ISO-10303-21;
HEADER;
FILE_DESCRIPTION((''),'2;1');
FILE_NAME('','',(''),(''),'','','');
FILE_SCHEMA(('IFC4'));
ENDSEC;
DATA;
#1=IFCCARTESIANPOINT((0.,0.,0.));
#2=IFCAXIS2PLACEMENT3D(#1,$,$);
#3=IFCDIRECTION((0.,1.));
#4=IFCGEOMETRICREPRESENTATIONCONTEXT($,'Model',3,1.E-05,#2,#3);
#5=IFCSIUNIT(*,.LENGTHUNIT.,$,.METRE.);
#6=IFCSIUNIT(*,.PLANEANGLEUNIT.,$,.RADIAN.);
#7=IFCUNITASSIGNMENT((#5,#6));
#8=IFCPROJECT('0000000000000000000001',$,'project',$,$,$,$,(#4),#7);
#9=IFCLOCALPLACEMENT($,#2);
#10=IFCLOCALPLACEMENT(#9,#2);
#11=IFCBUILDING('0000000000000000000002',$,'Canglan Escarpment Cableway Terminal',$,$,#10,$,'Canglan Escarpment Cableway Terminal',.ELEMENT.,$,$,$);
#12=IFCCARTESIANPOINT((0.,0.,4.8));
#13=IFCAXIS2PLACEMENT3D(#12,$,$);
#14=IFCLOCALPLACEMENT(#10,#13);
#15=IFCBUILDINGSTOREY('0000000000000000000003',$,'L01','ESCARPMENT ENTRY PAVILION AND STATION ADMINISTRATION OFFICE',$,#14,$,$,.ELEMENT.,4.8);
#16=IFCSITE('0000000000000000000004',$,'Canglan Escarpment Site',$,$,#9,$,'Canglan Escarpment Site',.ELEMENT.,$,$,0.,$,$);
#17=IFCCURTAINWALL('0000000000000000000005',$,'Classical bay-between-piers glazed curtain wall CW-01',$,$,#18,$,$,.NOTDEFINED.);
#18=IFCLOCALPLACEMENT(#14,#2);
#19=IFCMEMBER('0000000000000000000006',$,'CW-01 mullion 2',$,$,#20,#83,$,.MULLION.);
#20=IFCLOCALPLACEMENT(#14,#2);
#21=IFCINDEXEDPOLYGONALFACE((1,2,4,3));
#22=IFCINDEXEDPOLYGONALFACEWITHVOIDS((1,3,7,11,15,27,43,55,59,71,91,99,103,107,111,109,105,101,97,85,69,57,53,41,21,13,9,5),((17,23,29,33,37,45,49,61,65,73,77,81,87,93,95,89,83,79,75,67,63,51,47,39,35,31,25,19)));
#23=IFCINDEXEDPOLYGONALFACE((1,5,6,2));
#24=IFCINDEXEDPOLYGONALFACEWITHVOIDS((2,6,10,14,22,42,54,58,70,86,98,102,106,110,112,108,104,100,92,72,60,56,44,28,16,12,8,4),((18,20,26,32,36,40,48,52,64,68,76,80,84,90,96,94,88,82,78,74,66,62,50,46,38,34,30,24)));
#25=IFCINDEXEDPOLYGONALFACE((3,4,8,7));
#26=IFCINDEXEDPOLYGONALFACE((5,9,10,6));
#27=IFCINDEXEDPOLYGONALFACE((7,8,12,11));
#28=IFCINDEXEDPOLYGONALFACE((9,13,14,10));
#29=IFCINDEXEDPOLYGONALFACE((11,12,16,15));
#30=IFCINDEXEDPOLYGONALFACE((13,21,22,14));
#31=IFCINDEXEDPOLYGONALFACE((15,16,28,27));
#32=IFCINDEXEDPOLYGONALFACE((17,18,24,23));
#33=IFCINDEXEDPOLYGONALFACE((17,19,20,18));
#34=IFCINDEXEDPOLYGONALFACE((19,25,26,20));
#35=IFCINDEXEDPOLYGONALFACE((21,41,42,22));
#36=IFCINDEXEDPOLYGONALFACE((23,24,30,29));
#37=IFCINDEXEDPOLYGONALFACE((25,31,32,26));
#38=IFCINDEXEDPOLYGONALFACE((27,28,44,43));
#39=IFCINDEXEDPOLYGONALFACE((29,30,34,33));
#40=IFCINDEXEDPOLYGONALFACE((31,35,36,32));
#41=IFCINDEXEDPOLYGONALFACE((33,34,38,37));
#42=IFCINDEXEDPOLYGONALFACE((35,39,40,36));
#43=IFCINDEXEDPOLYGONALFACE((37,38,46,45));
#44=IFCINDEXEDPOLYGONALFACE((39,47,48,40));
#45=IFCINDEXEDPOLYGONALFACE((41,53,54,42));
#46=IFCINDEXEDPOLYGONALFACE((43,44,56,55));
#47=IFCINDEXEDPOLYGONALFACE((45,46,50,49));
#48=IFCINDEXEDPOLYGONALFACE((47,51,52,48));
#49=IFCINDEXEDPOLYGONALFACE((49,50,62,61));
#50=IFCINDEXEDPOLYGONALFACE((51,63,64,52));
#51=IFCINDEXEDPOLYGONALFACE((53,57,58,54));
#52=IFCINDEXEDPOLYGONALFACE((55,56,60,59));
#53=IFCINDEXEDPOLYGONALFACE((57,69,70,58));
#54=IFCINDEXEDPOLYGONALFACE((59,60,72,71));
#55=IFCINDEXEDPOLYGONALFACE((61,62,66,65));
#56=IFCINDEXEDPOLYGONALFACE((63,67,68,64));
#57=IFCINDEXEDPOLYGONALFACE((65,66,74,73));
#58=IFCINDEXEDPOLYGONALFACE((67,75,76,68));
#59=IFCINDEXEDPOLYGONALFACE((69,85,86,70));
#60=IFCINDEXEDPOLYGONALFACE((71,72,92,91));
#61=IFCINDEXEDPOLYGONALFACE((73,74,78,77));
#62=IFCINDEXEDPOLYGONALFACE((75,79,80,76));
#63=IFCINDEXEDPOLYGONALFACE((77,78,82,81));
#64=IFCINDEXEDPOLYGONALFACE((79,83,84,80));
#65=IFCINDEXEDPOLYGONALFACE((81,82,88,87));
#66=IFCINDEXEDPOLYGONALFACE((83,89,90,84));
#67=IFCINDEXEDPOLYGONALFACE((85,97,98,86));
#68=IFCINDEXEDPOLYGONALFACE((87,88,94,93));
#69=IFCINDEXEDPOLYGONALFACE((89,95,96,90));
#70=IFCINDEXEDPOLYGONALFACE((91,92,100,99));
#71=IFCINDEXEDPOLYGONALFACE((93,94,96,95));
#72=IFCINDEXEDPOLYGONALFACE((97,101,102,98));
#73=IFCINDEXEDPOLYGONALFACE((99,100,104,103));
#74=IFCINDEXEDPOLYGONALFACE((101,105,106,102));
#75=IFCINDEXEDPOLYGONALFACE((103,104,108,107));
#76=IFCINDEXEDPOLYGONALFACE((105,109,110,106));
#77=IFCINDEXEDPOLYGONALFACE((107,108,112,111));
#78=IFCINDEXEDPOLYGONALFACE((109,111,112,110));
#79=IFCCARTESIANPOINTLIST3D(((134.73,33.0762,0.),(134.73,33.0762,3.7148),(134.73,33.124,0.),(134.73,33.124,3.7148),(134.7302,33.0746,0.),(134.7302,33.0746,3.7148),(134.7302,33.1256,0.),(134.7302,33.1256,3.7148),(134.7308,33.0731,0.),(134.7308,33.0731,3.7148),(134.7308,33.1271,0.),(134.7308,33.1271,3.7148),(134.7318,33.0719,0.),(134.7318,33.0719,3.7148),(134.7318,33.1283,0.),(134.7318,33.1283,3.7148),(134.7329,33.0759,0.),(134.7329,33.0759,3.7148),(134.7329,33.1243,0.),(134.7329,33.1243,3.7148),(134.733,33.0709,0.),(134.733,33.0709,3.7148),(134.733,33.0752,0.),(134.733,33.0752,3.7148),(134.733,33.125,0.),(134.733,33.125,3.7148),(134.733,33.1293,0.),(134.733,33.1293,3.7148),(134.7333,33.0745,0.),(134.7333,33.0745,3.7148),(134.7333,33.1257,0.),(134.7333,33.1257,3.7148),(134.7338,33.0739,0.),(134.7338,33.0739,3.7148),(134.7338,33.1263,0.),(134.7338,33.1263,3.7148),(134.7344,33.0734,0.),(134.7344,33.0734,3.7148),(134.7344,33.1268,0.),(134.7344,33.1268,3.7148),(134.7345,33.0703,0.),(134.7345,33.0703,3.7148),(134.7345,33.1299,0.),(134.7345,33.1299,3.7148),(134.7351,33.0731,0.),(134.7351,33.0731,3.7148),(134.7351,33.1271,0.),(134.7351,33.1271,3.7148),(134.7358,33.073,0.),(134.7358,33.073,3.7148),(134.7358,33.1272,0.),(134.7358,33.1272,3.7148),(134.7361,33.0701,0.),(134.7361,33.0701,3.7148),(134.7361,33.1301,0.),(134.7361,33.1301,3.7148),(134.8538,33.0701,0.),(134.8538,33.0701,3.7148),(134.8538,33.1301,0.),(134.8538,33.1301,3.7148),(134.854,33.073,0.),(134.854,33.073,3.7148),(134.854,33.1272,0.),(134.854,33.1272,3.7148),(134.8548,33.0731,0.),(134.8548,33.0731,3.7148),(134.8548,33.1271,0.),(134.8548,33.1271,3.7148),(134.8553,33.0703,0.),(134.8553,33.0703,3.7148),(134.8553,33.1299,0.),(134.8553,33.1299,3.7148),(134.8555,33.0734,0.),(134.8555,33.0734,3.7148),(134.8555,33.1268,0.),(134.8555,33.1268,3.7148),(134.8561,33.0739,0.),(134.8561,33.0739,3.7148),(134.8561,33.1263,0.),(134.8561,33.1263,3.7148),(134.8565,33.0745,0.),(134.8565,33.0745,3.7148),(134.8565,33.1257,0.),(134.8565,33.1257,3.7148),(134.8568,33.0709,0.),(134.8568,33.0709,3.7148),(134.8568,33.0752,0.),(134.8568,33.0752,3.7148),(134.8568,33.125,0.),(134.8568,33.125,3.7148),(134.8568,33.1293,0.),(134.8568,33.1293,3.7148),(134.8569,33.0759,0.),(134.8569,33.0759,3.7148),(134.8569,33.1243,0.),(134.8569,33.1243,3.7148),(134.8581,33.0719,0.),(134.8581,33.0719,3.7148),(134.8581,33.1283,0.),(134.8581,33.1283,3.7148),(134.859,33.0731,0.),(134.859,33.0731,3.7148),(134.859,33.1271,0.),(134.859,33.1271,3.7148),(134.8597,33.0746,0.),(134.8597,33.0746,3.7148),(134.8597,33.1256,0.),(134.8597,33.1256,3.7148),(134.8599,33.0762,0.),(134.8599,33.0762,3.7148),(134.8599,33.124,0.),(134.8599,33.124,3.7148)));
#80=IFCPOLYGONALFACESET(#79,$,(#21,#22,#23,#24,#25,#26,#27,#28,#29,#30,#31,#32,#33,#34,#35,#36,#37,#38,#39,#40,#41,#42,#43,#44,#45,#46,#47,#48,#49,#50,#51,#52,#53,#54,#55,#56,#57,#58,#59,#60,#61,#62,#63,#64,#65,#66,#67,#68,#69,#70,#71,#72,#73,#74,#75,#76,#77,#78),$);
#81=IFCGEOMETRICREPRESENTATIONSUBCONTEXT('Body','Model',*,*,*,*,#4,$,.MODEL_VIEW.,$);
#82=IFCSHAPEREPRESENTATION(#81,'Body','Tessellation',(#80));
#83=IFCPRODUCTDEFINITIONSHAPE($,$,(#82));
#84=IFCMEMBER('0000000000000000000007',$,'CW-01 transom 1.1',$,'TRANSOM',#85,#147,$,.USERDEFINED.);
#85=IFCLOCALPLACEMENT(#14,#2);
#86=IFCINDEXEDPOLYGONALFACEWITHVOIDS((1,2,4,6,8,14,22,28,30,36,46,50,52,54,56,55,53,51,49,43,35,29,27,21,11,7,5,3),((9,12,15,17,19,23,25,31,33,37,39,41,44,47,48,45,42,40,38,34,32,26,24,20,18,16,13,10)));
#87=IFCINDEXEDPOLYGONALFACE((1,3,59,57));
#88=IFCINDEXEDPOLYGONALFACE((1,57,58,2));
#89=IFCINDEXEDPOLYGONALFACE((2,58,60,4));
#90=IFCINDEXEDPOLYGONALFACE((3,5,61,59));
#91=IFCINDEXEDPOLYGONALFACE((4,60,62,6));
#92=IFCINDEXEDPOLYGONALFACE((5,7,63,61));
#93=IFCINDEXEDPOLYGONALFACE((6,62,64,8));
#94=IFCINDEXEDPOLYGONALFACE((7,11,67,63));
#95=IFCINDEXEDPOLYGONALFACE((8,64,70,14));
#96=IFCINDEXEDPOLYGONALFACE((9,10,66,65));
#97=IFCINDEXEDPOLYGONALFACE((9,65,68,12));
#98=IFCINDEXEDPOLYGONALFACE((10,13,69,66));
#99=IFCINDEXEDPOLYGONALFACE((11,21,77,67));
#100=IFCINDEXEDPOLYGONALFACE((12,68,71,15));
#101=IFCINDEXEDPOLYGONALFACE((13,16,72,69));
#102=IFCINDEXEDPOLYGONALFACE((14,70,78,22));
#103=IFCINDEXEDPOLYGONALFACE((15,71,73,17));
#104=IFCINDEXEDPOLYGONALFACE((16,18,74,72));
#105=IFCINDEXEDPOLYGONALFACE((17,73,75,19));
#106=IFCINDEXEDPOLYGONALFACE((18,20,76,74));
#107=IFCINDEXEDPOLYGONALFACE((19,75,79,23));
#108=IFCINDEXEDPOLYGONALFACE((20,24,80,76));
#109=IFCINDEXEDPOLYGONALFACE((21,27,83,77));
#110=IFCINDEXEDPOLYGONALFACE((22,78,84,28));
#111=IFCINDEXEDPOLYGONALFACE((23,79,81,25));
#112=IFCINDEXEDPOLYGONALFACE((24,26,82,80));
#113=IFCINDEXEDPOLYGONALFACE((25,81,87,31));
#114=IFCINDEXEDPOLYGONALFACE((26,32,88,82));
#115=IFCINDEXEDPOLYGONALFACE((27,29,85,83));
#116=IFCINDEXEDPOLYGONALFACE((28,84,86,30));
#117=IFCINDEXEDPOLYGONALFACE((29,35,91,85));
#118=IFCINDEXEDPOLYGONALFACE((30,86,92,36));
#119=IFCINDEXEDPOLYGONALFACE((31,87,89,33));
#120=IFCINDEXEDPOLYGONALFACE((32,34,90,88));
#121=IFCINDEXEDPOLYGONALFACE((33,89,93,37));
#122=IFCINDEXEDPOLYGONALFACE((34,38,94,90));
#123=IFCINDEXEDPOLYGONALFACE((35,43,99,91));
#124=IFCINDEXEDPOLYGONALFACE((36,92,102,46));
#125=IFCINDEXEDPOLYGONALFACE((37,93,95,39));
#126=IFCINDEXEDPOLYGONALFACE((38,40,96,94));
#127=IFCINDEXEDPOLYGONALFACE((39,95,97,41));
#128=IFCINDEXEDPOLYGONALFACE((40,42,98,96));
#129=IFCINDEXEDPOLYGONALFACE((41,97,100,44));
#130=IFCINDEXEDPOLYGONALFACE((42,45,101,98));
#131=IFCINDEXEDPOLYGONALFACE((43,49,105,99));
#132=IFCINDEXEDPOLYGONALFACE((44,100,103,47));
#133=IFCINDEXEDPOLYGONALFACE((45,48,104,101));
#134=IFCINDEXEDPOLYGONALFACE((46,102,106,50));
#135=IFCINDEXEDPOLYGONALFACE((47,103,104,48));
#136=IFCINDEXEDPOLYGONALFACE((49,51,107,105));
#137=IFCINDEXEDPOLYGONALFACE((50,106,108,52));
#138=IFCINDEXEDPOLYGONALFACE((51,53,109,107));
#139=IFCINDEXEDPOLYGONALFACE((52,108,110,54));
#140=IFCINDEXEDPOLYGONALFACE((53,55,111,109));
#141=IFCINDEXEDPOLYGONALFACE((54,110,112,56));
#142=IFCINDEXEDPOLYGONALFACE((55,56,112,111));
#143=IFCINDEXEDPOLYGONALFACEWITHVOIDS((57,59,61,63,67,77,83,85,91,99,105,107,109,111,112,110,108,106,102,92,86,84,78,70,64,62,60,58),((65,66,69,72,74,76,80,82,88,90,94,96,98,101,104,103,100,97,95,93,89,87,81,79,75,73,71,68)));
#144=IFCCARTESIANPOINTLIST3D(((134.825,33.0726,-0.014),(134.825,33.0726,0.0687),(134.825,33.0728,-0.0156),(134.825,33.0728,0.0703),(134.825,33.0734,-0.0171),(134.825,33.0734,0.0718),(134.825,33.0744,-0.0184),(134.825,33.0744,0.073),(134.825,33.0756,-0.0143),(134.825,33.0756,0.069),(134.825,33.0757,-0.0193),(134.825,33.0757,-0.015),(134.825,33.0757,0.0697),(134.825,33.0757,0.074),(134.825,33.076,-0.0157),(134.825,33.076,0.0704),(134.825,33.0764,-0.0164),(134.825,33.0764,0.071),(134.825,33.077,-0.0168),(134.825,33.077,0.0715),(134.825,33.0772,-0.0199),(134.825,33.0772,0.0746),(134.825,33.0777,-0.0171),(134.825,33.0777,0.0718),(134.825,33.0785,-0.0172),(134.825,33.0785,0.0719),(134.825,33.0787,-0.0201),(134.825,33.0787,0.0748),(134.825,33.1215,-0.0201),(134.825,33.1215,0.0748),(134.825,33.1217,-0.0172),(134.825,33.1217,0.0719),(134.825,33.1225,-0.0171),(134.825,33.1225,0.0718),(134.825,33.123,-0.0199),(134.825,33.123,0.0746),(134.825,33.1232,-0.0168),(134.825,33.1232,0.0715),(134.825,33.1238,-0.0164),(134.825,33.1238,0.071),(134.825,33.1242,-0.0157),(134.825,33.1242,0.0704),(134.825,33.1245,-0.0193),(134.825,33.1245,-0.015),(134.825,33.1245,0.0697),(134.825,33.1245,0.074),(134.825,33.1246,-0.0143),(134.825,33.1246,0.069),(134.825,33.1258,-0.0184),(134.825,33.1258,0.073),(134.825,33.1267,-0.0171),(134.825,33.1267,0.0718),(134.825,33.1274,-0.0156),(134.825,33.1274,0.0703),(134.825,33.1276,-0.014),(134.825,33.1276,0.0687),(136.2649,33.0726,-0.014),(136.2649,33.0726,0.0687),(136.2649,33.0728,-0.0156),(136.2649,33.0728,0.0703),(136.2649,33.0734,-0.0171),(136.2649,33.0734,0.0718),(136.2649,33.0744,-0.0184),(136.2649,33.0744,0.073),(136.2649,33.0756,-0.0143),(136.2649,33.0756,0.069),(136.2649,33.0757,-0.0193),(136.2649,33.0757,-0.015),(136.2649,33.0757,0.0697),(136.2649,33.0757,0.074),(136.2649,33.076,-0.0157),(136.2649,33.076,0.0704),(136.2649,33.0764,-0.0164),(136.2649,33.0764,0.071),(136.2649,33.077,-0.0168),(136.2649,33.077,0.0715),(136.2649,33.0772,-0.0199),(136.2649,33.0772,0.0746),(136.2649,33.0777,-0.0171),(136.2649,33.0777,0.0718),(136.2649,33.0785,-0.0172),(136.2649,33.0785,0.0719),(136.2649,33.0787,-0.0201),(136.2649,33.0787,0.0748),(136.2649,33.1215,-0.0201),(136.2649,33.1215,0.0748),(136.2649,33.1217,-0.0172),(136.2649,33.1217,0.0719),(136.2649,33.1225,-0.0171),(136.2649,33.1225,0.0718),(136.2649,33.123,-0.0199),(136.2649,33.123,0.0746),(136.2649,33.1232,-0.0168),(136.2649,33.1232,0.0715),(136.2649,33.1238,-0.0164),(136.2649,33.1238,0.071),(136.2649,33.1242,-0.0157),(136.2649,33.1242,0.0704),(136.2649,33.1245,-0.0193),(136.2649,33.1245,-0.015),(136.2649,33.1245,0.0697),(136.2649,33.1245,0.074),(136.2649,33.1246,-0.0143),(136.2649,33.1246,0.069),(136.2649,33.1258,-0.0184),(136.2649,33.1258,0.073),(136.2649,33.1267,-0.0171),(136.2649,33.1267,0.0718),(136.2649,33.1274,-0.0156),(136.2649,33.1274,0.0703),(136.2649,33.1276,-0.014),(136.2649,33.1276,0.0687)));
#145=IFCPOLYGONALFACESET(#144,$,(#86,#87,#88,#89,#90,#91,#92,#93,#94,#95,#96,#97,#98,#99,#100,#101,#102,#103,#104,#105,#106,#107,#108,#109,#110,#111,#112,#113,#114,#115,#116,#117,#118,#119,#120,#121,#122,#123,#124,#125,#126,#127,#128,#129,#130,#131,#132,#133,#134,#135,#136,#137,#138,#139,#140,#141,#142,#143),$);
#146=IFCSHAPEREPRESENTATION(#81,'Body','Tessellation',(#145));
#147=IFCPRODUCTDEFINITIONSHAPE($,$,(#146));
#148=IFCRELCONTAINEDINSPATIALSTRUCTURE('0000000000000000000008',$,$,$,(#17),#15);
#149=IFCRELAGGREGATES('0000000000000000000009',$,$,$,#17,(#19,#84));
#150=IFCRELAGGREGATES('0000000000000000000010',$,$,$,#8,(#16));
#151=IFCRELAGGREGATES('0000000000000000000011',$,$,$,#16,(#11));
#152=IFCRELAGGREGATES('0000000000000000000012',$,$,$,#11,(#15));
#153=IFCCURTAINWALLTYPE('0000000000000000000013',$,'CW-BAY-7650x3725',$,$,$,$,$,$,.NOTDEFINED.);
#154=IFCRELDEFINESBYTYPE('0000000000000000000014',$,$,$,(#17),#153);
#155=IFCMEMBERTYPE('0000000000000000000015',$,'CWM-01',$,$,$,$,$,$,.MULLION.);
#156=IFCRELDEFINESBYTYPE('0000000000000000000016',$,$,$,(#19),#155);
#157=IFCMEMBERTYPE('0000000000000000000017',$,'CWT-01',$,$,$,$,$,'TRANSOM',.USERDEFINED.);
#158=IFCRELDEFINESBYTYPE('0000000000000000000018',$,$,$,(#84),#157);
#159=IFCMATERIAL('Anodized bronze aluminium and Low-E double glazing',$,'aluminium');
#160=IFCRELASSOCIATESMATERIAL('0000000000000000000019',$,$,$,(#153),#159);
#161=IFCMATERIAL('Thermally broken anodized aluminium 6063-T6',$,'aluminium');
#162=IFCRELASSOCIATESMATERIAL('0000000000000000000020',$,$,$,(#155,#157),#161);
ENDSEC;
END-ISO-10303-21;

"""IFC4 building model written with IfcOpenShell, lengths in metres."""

from ifc_helpers import new_model, si_unit, direction, frame, origin, origin_2d, place, context, subcontext, project, spatial, hollow_rectangle, extrude, material, material_profile, profile_set, type_object, element, aggregate, save


model = new_model("IFC4")

# Units and contexts
model_context = context("Model", 3, precision=1e-05, world=origin(), true_north=direction((0.0, 1.0)))
body_context = subcontext(model_context, "Body", "Model", "MODEL_VIEW")
ifc_project = project(units=[si_unit("LENGTHUNIT", "METRE"), si_unit("PLANEANGLEUNIT", "RADIAN")], contexts=[model_context])

# Site, building, storey
site_placement = place(None, origin())
site = spatial("IfcSite", under=ifc_project, at=site_placement, Name="Canglan Escarpment Site", LongName="Canglan Escarpment Site", CompositionType="ELEMENT", RefElevation=0.0)
building_placement = place(site_placement, origin())
building = spatial("IfcBuilding", under=site, at=building_placement, Name="Canglan Escarpment Cableway Terminal", LongName="Canglan Escarpment Cableway Terminal", CompositionType="ELEMENT")
storey_placement = place(building_placement, frame((0.0, 0.0, 4.8)))
storey = spatial("IfcBuildingStorey", under=building, at=storey_placement, Name="L01", Description="ESCARPMENT ENTRY PAVILION AND STATION ADMINISTRATION OFFICE", CompositionType="ELEMENT", Elevation=4.8)

# Curtain wall, members
ifc_material_1 = material(Name="Anodized bronze aluminium and Low-E double glazing", Category="aluminium")
curtain_wall_type = type_object("IfcCurtainWallType", Name="CW-BAY-7650x3725", PredefinedType="NOTDEFINED", material=ifc_material_1)
curtain_wall_placement = place(storey_placement, origin())
curtain_wall = element("IfcCurtainWall", 1, at=curtain_wall_placement, inside=storey, type_object=curtain_wall_type, Name="Classical bay-between-piers glazed curtain wall CW-01", PredefinedType="NOTDEFINED")
ifc_material_2 = material(Name="Thermally broken anodized aluminium 6063-T6", Category="aluminium")
ifc_material_profile_1 = material_profile(ifc_material_2, hollow_rectangle(XDim=0.0601, YDim=0.1299, WallThickness=0.0029, InnerFilletRadius=0.0029, OuterFilletRadius=0.0061, at=origin_2d()), Name="ALU-MULL 60x130x3")
ifc_profile_set_1 = profile_set([ifc_material_profile_1], Name="Thermally broken anodized aluminium 6063-T6")
member_type_1 = type_object("IfcMemberType", Name="CWM-01", PredefinedType="MULLION", material=ifc_profile_set_1)
member_1_placement = place(storey_placement, frame((134.7949, 33.1001, 0.0), z_axis=(0.0, 0.0, 1.0), x_axis=(0.0, -1.0, 0.0)))
member_1 = element("IfcMember", 2, at=member_1_placement, type_object=member_type_1, Name="CW-01 mullion 2", PredefinedType="MULLION", context=body_context, shape_type="SweptSolid", body=[
    extrude(hollow_rectangle(XDim=0.0601, YDim=0.1299, WallThickness=0.0029, InnerFilletRadius=0.0029, OuterFilletRadius=0.0061, at=origin_2d()), origin(), (0.0, 0.0, 1.0), 3.7148),
])
ifc_material_profile_2 = material_profile(ifc_material_2, hollow_rectangle(XDim=0.0549, YDim=0.095, WallThickness=0.0029, InnerFilletRadius=0.0029, OuterFilletRadius=0.0061, at=origin_2d()), Name="ALU-TRAN 55x95x3")
ifc_profile_set_2 = profile_set([ifc_material_profile_2], Name="Thermally broken anodized aluminium 6063-T6")
member_type_2 = type_object("IfcMemberType", Name="CWT-01", ElementType="TRANSOM", PredefinedType="USERDEFINED", material=ifc_profile_set_2)
member_2_placement = place(storey_placement, frame((136.2649, 33.1001, 0.0273), z_axis=(-1.0, 0.0, 0.0), x_axis=(0.0, -1.0, 0.0)))
member_2 = element("IfcMember", 3, at=member_2_placement, type_object=member_type_2, Name="CW-01 transom 1.1", ObjectType="TRANSOM", PredefinedType="USERDEFINED", context=body_context, shape_type="SweptSolid", body=[
    extrude(hollow_rectangle(XDim=0.0549, YDim=0.095, WallThickness=0.0029, InnerFilletRadius=0.0029, OuterFilletRadius=0.0061, at=origin_2d()), origin(), (0.0, 0.0, 1.0), 1.4399),
])
aggregate(curtain_wall, [member_1, member_2])

save(model, "model.ifc")
